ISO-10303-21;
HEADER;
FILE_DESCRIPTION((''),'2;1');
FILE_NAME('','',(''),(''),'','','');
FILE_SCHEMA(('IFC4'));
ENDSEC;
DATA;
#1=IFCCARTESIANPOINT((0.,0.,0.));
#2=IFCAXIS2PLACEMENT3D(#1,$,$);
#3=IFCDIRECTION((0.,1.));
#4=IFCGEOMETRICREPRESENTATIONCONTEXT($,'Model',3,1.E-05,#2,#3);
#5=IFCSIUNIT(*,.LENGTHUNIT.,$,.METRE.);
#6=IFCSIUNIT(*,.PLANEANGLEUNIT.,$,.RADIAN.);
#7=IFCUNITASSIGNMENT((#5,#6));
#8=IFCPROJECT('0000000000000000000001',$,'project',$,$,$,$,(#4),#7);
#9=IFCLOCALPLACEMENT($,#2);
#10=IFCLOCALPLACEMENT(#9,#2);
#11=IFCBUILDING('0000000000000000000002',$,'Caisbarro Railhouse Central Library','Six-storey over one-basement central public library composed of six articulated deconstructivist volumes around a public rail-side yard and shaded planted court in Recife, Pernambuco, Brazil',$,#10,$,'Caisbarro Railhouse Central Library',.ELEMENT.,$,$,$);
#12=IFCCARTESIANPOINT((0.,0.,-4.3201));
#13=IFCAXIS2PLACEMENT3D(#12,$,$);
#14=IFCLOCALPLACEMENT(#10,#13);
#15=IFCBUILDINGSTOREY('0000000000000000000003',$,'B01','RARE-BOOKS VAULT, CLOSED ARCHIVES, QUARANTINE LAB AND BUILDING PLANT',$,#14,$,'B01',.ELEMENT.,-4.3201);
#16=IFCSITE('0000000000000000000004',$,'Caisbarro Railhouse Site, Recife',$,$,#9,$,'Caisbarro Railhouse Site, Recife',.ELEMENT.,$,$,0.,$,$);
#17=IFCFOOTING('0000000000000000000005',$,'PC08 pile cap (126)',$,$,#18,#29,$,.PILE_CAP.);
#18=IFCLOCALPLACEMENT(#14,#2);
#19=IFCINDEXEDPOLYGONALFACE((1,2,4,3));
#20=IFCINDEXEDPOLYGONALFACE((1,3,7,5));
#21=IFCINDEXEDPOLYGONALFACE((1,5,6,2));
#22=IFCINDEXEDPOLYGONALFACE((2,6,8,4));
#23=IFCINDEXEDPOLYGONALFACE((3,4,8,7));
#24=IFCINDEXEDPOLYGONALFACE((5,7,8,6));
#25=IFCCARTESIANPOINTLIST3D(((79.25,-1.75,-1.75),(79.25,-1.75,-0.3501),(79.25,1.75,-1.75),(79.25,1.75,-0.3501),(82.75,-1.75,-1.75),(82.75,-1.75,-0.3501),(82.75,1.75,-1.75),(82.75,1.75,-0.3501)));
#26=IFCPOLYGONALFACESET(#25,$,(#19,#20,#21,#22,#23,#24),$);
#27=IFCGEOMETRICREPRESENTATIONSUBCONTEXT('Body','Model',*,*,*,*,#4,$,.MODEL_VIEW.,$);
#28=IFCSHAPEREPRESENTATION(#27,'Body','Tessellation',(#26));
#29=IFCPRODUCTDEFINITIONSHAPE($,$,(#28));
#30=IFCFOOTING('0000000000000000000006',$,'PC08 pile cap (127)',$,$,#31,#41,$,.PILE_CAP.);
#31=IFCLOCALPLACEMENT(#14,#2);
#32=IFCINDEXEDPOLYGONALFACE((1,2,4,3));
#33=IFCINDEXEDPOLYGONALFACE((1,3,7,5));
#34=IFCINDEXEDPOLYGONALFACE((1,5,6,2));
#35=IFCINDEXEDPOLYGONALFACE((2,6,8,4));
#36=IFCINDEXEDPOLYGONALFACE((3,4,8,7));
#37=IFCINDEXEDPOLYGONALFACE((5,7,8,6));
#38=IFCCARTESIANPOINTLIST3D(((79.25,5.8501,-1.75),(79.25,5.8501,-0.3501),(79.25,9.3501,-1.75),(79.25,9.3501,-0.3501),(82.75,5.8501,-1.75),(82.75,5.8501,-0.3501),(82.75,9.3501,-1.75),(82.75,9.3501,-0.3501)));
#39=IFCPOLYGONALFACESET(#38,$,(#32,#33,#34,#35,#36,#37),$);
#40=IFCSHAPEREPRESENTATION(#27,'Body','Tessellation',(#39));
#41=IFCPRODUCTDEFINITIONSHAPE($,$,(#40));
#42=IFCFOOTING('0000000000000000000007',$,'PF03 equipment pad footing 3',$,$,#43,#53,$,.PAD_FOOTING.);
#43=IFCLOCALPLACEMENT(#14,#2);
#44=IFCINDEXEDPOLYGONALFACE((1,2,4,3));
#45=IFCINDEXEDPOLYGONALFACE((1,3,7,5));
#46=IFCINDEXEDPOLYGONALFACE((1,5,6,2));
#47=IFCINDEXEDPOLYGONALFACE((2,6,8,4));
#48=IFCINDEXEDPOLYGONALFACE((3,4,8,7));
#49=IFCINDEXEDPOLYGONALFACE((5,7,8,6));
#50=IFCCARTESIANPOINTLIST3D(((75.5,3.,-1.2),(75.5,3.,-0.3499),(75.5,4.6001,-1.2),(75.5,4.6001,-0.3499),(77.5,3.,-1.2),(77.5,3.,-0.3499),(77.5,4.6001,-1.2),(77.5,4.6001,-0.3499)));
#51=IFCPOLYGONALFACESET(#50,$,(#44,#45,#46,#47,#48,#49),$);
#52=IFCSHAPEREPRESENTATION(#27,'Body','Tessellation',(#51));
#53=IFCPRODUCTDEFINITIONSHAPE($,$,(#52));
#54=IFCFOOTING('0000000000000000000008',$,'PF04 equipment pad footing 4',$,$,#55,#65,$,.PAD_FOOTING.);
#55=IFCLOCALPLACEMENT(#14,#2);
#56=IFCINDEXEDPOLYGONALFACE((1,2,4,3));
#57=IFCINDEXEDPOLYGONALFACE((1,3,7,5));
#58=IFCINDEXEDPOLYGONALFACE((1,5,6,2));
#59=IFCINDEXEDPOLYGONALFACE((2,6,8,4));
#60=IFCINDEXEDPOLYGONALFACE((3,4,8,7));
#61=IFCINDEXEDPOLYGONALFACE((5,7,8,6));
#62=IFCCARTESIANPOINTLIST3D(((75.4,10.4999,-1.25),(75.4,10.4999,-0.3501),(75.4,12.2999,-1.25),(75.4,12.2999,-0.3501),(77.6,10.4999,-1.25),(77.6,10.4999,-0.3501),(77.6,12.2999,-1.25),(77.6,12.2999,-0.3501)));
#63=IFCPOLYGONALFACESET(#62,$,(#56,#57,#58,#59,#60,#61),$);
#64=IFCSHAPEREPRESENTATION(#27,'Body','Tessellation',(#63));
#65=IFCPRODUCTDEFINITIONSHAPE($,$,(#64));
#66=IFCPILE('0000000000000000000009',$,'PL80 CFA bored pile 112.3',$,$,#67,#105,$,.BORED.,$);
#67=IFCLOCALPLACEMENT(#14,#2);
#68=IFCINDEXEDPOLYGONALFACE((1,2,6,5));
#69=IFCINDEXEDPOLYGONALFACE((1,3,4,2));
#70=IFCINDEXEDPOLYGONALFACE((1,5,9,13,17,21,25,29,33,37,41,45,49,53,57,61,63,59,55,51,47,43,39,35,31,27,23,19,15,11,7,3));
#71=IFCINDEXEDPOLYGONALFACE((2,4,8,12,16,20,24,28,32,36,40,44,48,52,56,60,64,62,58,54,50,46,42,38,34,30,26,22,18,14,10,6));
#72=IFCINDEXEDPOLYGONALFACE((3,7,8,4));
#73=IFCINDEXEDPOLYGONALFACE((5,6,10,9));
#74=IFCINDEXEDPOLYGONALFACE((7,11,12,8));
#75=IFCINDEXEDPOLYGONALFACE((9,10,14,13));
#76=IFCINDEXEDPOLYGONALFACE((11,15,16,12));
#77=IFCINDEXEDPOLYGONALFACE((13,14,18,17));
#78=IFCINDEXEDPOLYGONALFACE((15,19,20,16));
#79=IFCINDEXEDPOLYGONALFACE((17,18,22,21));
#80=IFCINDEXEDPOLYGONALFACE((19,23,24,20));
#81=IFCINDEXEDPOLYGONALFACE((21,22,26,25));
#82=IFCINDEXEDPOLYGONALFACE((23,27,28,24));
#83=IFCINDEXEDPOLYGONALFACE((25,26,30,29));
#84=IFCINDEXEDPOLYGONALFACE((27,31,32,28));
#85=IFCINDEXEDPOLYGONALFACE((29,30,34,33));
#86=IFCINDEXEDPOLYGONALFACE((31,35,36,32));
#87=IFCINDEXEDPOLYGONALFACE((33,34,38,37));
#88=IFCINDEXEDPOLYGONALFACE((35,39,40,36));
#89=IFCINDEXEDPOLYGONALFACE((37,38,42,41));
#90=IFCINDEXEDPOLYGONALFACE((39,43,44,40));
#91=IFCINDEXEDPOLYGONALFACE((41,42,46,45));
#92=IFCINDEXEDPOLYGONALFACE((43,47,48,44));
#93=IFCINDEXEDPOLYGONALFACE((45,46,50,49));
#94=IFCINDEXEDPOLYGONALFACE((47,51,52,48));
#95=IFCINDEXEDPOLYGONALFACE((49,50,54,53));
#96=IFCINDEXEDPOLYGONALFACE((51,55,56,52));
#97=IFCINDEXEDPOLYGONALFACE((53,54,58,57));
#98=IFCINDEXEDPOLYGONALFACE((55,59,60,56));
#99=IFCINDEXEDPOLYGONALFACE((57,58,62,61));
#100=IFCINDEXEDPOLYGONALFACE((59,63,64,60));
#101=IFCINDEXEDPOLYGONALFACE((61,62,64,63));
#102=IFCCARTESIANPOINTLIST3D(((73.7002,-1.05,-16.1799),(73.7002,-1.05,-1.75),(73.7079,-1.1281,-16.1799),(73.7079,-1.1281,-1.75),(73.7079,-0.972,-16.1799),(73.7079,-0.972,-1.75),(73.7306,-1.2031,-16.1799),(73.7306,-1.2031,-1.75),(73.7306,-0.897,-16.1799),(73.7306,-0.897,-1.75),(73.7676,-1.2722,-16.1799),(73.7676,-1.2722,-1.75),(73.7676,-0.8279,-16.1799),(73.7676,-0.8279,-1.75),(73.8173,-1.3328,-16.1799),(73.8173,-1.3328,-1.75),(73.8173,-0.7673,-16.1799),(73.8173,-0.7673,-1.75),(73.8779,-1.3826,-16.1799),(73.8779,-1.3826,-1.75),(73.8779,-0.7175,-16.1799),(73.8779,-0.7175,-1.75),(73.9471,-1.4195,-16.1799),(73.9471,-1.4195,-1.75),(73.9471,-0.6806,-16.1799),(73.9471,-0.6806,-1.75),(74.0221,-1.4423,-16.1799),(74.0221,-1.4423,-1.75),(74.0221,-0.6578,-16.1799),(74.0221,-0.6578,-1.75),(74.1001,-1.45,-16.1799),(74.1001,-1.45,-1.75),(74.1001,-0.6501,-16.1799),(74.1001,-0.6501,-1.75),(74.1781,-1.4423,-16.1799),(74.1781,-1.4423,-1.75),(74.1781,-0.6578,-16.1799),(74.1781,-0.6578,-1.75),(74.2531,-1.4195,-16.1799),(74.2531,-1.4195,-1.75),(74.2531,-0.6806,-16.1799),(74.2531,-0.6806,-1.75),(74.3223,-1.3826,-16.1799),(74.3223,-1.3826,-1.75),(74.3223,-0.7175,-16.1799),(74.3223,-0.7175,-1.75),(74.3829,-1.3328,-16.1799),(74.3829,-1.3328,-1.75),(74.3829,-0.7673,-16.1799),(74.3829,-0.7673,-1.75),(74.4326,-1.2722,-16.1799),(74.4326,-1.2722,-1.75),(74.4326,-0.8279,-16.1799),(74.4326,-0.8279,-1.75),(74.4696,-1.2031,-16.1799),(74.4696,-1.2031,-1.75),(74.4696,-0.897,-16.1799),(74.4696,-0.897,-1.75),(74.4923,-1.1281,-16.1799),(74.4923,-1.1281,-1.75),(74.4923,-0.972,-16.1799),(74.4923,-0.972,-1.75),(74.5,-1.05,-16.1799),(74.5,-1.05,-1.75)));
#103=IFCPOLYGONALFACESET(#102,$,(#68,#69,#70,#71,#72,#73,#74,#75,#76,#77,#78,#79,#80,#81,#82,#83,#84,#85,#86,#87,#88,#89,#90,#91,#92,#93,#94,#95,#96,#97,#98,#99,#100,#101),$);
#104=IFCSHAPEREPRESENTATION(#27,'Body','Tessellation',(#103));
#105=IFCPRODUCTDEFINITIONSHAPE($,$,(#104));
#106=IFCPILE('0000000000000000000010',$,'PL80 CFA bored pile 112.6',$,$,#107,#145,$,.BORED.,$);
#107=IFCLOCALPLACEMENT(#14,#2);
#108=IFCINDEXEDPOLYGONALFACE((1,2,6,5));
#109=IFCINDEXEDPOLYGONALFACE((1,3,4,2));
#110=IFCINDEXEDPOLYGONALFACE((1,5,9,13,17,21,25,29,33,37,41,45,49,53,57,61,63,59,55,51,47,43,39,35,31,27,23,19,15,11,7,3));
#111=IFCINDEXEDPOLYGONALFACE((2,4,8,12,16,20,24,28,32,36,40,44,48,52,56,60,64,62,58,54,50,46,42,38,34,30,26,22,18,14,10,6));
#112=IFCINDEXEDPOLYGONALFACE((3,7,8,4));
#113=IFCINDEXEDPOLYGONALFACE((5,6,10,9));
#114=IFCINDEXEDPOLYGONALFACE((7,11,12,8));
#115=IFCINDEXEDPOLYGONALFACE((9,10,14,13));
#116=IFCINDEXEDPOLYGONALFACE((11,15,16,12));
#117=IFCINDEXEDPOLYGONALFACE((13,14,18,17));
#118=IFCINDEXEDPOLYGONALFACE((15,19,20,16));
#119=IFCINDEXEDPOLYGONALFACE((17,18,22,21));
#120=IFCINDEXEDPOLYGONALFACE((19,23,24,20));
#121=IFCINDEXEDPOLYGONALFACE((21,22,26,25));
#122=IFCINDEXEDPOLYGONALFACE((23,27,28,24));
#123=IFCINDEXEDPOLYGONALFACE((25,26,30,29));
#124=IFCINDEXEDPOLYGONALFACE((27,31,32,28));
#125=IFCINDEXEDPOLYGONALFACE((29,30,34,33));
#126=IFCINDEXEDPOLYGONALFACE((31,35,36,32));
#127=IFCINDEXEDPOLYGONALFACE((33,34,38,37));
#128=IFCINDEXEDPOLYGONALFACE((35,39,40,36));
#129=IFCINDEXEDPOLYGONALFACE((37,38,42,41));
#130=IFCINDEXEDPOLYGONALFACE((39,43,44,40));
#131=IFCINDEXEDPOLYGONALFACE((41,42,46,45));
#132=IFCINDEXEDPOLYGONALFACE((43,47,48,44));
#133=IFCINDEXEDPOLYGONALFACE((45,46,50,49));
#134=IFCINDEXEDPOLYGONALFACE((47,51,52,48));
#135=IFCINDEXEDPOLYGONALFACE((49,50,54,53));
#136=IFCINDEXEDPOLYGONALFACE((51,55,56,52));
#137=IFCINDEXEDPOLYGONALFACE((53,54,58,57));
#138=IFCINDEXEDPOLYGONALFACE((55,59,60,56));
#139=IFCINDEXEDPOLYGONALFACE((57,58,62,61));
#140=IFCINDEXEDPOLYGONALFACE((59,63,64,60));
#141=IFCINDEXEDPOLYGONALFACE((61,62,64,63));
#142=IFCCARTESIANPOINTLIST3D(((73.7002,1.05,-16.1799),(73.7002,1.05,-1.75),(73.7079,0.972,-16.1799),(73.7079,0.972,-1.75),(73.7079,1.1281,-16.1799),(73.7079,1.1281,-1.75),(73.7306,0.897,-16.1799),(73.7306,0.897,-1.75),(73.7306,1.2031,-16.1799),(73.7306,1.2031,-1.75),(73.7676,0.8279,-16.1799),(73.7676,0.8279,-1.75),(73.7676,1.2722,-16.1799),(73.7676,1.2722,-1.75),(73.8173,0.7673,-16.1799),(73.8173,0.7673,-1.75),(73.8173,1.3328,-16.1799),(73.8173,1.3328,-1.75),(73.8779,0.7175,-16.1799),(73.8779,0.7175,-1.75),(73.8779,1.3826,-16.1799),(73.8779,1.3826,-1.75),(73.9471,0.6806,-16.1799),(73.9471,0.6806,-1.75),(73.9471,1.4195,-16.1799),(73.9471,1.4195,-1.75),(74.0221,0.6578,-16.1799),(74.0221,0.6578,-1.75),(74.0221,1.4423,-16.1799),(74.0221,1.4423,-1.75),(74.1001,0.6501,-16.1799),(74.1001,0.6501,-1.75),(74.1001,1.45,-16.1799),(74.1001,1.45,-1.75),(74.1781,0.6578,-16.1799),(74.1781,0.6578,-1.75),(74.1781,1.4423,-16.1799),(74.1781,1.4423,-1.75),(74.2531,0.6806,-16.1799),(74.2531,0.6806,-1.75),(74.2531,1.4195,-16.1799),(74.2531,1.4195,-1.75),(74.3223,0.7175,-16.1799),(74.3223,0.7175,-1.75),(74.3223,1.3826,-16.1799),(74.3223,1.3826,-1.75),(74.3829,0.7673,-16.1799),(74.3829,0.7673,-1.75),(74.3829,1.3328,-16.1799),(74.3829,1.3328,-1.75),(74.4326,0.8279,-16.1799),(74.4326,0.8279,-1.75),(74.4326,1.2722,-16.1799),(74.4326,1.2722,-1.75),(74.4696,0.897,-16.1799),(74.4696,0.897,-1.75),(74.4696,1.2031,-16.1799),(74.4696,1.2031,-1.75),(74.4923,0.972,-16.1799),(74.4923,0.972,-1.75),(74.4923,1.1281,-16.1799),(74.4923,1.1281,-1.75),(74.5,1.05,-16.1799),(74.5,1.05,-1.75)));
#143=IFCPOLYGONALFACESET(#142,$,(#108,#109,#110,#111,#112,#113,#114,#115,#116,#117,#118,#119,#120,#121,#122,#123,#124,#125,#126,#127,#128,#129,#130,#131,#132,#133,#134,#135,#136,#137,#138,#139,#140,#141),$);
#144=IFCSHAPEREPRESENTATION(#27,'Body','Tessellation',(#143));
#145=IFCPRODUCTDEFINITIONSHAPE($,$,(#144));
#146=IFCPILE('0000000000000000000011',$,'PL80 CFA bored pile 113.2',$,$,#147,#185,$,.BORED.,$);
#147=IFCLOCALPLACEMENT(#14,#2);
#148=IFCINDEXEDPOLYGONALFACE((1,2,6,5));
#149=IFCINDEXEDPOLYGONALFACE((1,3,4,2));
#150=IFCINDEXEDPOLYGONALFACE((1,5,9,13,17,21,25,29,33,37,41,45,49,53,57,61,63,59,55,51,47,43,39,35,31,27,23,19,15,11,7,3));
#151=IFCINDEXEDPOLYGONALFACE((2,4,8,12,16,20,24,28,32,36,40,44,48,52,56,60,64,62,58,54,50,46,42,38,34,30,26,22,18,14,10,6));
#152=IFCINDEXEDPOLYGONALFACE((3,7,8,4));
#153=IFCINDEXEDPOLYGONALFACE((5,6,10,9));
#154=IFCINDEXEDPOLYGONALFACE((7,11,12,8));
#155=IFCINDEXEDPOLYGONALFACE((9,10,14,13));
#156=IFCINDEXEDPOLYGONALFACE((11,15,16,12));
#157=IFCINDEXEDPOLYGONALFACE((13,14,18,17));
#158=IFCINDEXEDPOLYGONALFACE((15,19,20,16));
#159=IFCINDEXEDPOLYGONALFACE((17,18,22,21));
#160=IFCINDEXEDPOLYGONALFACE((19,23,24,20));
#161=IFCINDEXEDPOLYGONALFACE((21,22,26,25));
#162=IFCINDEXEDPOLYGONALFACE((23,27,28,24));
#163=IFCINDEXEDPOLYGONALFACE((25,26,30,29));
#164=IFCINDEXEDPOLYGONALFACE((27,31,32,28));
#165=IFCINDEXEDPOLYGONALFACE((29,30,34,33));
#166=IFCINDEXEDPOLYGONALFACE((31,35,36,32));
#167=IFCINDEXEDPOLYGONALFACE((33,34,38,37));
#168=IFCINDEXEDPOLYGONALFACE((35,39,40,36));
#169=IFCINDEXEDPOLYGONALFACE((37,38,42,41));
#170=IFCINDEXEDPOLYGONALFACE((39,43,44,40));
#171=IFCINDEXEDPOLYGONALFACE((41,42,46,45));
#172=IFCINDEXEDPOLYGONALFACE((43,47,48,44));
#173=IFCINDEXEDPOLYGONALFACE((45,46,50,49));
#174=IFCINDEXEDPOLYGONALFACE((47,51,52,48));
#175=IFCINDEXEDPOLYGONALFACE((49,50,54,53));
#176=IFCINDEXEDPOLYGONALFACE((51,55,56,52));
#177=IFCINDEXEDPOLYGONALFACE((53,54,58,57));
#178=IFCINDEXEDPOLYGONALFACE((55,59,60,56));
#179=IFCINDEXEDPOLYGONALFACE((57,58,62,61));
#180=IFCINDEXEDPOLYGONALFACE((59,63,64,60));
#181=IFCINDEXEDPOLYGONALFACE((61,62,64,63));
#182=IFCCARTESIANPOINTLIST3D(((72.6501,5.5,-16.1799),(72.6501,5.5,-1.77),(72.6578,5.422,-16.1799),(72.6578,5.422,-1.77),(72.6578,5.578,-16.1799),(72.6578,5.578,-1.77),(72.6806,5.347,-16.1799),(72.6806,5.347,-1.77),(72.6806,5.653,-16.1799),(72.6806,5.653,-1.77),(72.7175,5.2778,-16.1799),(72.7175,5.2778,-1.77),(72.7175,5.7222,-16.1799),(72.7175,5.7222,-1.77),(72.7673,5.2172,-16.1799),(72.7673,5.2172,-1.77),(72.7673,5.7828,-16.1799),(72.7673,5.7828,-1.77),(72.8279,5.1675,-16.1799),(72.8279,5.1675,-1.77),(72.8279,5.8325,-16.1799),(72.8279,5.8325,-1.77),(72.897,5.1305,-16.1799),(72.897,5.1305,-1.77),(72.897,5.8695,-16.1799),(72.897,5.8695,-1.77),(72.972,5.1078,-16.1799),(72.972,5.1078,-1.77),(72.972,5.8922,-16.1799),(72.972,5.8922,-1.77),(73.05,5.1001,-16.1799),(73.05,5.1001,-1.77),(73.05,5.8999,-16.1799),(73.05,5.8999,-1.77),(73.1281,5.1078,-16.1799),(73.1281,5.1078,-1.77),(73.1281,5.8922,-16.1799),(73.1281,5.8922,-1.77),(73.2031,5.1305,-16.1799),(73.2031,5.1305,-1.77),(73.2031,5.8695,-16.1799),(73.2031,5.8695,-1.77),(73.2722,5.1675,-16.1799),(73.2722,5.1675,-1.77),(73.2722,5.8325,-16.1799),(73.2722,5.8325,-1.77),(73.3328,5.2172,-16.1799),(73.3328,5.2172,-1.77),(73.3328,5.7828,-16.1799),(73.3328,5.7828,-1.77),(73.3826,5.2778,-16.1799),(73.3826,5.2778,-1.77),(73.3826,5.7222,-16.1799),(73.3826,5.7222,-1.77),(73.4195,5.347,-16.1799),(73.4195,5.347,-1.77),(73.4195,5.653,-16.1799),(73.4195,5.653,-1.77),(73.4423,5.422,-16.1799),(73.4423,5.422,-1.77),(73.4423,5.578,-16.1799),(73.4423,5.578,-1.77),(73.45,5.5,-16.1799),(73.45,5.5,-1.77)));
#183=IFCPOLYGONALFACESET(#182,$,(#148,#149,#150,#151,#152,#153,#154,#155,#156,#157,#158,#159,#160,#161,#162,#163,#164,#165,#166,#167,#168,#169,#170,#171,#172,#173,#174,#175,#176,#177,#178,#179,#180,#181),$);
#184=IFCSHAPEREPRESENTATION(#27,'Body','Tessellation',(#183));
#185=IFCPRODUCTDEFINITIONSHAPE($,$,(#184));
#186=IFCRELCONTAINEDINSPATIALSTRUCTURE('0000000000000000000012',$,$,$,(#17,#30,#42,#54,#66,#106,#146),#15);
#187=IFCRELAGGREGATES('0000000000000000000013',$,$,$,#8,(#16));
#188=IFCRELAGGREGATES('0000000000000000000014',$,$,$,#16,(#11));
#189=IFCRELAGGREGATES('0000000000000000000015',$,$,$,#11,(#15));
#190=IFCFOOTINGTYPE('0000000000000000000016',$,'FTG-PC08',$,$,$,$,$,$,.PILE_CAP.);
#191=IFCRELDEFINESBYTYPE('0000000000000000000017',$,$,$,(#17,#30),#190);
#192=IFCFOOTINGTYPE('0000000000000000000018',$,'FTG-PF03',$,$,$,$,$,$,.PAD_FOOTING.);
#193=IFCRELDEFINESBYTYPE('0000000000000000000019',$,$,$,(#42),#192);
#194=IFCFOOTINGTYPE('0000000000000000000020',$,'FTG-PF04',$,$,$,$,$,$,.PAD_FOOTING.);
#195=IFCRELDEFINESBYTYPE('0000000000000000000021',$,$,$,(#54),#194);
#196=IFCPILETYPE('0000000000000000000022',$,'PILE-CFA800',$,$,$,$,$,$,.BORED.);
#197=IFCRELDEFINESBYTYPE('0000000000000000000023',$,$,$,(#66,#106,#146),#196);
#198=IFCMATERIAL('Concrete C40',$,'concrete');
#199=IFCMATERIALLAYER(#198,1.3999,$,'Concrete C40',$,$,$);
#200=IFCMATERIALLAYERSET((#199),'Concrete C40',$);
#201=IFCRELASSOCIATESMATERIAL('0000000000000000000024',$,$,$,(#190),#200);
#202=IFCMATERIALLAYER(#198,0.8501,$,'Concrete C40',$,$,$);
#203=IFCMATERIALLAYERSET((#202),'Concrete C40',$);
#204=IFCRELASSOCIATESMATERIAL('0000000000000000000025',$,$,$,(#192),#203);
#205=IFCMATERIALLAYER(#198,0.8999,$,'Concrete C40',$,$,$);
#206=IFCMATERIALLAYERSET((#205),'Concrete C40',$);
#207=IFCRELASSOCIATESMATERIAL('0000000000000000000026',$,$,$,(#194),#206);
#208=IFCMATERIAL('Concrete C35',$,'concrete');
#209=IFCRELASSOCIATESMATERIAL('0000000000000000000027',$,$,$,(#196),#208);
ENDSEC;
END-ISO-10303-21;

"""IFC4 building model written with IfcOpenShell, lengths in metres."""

from ifc_helpers import new_model, si_unit, direction, frame, origin, origin_2d, place, context, subcontext, project, spatial, rectangle, circle, extrude, material, layer, layer_set, material_profile, profile_set, type_object, element, save


model = new_model("IFC4")

# Units and contexts
model_context = context("Model", 3, precision=1e-05, world=origin(), true_north=direction((0.0, 1.0)))
body_context = subcontext(model_context, "Body", "Model", "MODEL_VIEW")
ifc_project = project(units=[si_unit("LENGTHUNIT", "METRE"), si_unit("PLANEANGLEUNIT", "RADIAN")], contexts=[model_context])

# Site, building, storey
site_placement = place(None, origin())
site = spatial("IfcSite", under=ifc_project, at=site_placement, Name="Caisbarro Railhouse Site, Recife", LongName="Caisbarro Railhouse Site, Recife", CompositionType="ELEMENT", RefElevation=0.0)
building_placement = place(site_placement, origin())
building = spatial("IfcBuilding", under=site, at=building_placement, Name="Caisbarro Railhouse Central Library", Description="Six-storey over one-basement central public library composed of six articulated deconstructivist volumes around a public rail-side yard and shaded planted court in Recife, Pernambuco, Brazil", LongName="Caisbarro Railhouse Central Library", CompositionType="ELEMENT")
storey_placement = place(building_placement, frame((0.0, 0.0, -4.3201)))
storey = spatial("IfcBuildingStorey", under=building, at=storey_placement, Name="B01", Description="RARE-BOOKS VAULT, CLOSED ARCHIVES, QUARANTINE LAB AND BUILDING PLANT", LongName="B01", CompositionType="ELEMENT", Elevation=-4.3201)

# Footings
ifc_material_1 = material(Name="Concrete C40", Category="concrete")
ifc_layer_1 = layer(ifc_material_1, 1.3999, Name="Concrete C40")
ifc_layer_set_1 = layer_set([ifc_layer_1], Name="Concrete C40")
footing_type_1 = type_object("IfcFootingType", Name="FTG-PC08", PredefinedType="PILE_CAP", material=ifc_layer_set_1)
for number, where, z_axis, x_axis, name in (
    (1, (81.0, 0.0, -1.75), (0.0, 0.0, 1.0), (1.0, 0.0, 0.0), "PC08 pile cap (126)"),
    (2, (81.0, 7.6001, -1.75), (0.0, 0.0, 1.0), (1.0, 0.0, 0.0), "PC08 pile cap (127)"),
):
    element("IfcFooting", number, at=place(storey_placement, frame(where, z_axis=z_axis, x_axis=x_axis)), inside=storey, type_object=footing_type_1, Name=name, PredefinedType="PILE_CAP", context=body_context, shape_type="SweptSolid", body=[
        extrude(rectangle(XDim=3.5, YDim=3.5, at=origin_2d()), origin(), (0.0, 0.0, 1.0), 1.3999),
    ])
ifc_layer_2 = layer(ifc_material_1, 0.8501, Name="Concrete C40")
ifc_layer_set_2 = layer_set([ifc_layer_2], Name="Concrete C40")
footing_type_2 = type_object("IfcFootingType", Name="FTG-PF03", PredefinedType="PAD_FOOTING", material=ifc_layer_set_2)
footing_1_placement = place(storey_placement, frame((76.5, 3.8, -1.2), z_axis=(0.0, 0.0, 1.0), x_axis=(1.0, 0.0, 0.0)))
element("IfcFooting", 3, at=footing_1_placement, inside=storey, type_object=footing_type_2, Name="PF03 equipment pad footing 3", PredefinedType="PAD_FOOTING", context=body_context, shape_type="SweptSolid", body=[
    extrude(rectangle(XDim=2.0, YDim=1.6001, at=origin_2d()), origin(), (0.0, 0.0, 1.0), 0.8501),
])
ifc_layer_3 = layer(ifc_material_1, 0.8999, Name="Concrete C40")
ifc_layer_set_3 = layer_set([ifc_layer_3], Name="Concrete C40")
footing_type_3 = type_object("IfcFootingType", Name="FTG-PF04", PredefinedType="PAD_FOOTING", material=ifc_layer_set_3)
footing_2_placement = place(storey_placement, frame((76.5, 11.3999, -1.25), z_axis=(0.0, 0.0, 1.0), x_axis=(1.0, 0.0, 0.0)))
element("IfcFooting", 4, at=footing_2_placement, inside=storey, type_object=footing_type_3, Name="PF04 equipment pad footing 4", PredefinedType="PAD_FOOTING", context=body_context, shape_type="SweptSolid", body=[
    extrude(rectangle(XDim=2.2, YDim=1.8, at=origin_2d()), origin(), (0.0, 0.0, 1.0), 0.8999),
])

# Piles
ifc_material_2 = material(Name="Concrete C35", Category="concrete")
ifc_material_profile_1 = material_profile(ifc_material_2, circle(Radius=0.3999, at=origin_2d()), Name="PILE-CFA-800")
ifc_profile_set_1 = profile_set([ifc_material_profile_1], Name="Concrete C35")
pile_type = type_object("IfcPileType", Name="PILE-CFA800", PredefinedType="BORED", material=ifc_profile_set_1)
for number, where, z_axis, x_axis, name in (
    (5, (74.1001, -1.05, -1.75), (0.0, 0.0, -1.0), (1.0, 0.0, 0.0), "PL80 CFA bored pile 112.3"),
    (6, (74.1001, 1.05, -1.75), (0.0, 0.0, -1.0), (1.0, 0.0, 0.0), "PL80 CFA bored pile 112.6"),
):
    element("IfcPile", number, at=place(storey_placement, frame(where, z_axis=z_axis, x_axis=x_axis)), inside=storey, type_object=pile_type, Name=name, PredefinedType="BORED", context=body_context, shape_type="SweptSolid", body=[
        extrude(circle(Radius=0.3999, at=origin_2d()), origin(), (0.0, 0.0, 1.0), 14.4299),
    ])
for number, where, z_axis, x_axis, name in (
    (7, (73.05, 5.5, -1.77), (0.0, 0.0, -1.0), (1.0, 0.0, 0.0), "PL80 CFA bored pile 113.2"),
):
    element("IfcPile", number, at=place(storey_placement, frame(where, z_axis=z_axis, x_axis=x_axis)), inside=storey, type_object=pile_type, Name=name, PredefinedType="BORED", context=body_context, shape_type="SweptSolid", body=[
        extrude(circle(Radius=0.3999, at=origin_2d()), origin(), (0.0, 0.0, 1.0), 14.4099),
    ])

save(model, "model.ifc")
